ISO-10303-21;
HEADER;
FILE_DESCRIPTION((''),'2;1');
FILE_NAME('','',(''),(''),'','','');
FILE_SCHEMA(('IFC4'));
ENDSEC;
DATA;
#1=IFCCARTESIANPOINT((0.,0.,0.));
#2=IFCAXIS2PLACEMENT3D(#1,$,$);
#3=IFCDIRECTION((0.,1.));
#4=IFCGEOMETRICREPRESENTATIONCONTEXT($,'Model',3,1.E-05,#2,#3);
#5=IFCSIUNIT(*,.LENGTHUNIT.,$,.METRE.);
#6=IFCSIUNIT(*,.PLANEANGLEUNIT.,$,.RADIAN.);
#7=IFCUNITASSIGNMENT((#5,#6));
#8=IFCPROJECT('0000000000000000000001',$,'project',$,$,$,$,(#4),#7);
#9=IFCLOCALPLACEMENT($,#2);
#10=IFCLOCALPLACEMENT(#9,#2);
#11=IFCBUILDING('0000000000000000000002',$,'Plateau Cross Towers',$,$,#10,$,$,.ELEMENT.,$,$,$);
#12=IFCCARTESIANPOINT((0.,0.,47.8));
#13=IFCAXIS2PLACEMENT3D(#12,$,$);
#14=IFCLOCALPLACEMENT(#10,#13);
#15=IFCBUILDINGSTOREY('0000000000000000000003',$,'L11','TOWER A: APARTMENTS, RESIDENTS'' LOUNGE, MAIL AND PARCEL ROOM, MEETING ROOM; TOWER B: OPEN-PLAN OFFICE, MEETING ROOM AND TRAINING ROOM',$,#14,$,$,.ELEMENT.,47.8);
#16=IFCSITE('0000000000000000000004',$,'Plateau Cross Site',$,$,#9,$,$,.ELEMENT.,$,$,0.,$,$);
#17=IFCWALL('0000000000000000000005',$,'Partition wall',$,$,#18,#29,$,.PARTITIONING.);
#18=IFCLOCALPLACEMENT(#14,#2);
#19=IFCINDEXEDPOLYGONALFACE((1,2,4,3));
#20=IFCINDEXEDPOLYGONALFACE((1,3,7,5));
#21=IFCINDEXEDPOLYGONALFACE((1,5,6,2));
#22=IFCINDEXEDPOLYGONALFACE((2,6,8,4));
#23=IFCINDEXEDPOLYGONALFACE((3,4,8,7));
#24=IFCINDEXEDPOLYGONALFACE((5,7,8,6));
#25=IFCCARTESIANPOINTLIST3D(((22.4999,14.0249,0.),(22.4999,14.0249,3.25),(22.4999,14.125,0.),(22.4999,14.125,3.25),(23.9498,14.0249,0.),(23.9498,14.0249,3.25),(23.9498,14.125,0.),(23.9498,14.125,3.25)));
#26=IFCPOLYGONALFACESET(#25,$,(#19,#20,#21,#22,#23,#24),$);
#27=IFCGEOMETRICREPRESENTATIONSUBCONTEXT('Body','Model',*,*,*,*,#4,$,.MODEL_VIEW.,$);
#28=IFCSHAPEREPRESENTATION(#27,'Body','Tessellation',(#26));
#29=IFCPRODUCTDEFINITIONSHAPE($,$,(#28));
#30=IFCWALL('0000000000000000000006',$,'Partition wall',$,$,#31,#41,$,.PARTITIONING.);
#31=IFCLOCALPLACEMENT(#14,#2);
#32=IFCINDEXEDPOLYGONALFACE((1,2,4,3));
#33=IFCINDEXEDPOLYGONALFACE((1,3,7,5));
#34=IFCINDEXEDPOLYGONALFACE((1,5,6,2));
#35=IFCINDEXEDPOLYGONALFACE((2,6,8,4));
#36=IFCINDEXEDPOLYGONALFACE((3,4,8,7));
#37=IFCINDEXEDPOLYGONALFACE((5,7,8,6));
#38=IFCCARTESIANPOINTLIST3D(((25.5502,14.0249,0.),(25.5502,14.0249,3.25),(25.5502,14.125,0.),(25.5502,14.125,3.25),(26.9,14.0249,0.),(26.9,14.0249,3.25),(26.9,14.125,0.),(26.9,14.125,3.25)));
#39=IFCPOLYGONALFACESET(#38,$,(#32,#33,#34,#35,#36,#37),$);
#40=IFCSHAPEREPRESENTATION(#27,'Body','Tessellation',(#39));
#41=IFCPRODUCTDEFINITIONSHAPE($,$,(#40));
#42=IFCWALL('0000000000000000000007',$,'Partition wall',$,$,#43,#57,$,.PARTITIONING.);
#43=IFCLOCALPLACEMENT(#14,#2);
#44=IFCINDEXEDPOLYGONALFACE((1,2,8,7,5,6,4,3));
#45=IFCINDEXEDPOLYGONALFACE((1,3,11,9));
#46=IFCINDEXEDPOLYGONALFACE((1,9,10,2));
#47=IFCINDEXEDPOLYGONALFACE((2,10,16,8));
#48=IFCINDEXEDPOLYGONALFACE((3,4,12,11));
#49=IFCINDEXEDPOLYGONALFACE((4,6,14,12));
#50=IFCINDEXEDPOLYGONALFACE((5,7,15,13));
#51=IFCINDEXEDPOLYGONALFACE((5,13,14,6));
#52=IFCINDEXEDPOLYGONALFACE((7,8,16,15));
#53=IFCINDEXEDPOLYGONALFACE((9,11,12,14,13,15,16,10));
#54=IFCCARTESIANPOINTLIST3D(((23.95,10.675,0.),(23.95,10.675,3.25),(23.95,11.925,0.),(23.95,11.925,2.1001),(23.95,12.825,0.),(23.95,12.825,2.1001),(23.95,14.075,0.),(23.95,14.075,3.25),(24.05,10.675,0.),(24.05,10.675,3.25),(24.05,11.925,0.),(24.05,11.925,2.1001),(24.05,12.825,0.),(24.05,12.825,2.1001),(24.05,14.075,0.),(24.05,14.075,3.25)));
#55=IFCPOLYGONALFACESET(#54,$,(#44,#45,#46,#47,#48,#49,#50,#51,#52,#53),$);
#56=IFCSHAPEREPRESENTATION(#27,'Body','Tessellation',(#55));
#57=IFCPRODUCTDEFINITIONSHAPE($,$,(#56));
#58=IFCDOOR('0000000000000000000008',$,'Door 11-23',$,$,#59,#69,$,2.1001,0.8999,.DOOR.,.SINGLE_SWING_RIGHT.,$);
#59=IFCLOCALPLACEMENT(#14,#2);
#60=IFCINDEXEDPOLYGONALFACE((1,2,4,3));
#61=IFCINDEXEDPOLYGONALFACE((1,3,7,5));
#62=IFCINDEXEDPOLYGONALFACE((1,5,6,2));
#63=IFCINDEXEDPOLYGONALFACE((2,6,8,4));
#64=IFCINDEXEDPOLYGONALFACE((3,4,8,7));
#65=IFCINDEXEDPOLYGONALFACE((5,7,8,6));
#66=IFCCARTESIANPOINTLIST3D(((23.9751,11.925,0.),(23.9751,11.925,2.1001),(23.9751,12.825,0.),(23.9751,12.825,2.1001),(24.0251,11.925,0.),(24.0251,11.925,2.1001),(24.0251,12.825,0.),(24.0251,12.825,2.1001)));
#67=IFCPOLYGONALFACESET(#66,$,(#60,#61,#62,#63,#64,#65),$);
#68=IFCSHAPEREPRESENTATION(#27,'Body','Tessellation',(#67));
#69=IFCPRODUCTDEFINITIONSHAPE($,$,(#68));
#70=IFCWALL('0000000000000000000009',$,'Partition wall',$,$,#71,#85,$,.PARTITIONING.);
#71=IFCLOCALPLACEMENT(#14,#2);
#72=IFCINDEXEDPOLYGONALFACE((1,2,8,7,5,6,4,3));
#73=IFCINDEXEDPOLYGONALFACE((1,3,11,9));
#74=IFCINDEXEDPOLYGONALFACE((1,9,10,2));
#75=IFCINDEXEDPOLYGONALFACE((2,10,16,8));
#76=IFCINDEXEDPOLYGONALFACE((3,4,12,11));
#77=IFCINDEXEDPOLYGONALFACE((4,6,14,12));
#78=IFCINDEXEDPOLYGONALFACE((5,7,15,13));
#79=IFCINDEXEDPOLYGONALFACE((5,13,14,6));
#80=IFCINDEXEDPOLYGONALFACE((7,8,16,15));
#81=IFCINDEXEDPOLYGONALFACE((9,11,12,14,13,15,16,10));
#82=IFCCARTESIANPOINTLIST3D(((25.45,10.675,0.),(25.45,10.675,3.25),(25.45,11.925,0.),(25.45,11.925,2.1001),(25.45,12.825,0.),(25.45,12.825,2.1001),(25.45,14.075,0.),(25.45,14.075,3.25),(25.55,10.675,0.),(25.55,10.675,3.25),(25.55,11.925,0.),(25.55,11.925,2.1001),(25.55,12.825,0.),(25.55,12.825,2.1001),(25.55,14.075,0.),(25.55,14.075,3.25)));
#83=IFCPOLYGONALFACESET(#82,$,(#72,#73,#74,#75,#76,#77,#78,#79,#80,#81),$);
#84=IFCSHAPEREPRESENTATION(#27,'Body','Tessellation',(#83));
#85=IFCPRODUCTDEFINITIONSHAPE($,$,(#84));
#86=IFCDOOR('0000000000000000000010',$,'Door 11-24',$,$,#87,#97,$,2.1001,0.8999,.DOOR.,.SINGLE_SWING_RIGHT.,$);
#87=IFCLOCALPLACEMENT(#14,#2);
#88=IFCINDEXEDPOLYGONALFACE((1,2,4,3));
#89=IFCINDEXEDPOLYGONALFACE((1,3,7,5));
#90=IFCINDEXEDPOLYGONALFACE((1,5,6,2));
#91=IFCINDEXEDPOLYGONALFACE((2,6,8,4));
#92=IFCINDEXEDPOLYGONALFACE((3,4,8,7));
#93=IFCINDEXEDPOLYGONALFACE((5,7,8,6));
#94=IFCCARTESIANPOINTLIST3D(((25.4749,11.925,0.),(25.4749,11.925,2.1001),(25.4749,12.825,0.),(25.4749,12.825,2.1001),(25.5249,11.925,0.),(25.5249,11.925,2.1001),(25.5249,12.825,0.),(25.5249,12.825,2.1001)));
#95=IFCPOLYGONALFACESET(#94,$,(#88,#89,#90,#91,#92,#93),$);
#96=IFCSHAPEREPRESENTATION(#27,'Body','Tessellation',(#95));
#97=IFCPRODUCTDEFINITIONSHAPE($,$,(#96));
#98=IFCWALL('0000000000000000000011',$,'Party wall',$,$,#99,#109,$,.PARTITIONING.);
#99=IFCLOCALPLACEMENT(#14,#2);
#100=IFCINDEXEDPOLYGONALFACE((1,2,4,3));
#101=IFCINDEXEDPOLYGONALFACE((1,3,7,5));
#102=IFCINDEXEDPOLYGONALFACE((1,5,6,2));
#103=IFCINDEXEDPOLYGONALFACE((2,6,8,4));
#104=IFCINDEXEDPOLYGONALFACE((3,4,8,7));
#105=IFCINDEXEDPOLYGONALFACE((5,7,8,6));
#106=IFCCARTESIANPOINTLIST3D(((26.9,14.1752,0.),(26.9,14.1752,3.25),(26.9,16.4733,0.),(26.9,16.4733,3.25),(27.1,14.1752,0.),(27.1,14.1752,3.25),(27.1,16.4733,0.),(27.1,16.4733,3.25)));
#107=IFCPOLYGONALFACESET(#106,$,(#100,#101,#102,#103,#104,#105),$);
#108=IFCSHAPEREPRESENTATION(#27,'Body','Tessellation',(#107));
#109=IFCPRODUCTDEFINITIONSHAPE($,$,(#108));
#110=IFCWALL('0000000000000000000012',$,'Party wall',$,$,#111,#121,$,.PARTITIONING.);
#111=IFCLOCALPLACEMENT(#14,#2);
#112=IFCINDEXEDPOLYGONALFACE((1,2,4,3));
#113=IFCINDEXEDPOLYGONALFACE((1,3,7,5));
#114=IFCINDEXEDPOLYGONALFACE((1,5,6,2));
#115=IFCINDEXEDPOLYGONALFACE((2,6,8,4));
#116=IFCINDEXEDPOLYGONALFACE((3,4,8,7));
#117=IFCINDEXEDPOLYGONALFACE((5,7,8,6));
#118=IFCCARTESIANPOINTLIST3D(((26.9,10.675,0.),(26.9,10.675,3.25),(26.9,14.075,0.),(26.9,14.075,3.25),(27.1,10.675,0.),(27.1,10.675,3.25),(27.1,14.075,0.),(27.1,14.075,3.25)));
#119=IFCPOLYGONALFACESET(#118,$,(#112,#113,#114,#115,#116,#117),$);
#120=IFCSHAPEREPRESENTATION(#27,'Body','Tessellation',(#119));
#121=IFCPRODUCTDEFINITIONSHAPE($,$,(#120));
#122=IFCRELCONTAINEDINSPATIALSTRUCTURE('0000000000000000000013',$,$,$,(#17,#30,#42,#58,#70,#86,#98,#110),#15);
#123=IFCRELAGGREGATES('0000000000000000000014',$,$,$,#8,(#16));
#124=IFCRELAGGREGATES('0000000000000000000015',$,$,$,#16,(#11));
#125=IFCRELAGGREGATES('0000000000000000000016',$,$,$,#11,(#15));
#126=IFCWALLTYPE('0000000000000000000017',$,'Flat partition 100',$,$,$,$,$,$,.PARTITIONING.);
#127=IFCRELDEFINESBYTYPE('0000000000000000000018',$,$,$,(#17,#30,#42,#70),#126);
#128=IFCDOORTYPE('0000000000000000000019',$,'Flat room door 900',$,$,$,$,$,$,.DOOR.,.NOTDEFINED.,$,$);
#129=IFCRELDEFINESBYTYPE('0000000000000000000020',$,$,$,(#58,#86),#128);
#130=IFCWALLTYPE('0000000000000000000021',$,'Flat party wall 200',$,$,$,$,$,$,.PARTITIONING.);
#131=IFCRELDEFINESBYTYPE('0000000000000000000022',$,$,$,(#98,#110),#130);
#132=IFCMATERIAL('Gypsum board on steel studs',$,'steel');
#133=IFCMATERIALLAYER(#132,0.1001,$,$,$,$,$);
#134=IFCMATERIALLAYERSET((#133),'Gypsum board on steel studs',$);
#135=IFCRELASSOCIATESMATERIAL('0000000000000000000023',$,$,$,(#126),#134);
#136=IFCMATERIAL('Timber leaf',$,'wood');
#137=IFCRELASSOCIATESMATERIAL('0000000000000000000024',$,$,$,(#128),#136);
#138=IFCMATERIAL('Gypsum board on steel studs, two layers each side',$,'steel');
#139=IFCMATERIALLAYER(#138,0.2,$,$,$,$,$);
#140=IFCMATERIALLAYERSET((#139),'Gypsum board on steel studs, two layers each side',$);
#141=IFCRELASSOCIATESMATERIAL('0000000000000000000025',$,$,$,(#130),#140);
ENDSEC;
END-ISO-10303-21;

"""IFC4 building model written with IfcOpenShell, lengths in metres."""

from ifc_helpers import new_model, si_unit, direction, frame, frame_2d, origin, place, context, subcontext, project, spatial, rectangle, extrude, material, layer, layer_set, type_object, element, fill, save


model = new_model("IFC4")

# Units and contexts
model_context = context("Model", 3, precision=1e-05, world=origin(), true_north=direction((0.0, 1.0)))
body_context = subcontext(model_context, "Body", "Model", "MODEL_VIEW")
ifc_project = project(units=[si_unit("LENGTHUNIT", "METRE"), si_unit("PLANEANGLEUNIT", "RADIAN")], contexts=[model_context])

# Site, building, storey
site_placement = place(None, origin())
site = spatial("IfcSite", under=ifc_project, at=site_placement, Name="Plateau Cross Site", CompositionType="ELEMENT", RefElevation=0.0)
building_placement = place(site_placement, origin())
building = spatial("IfcBuilding", under=site, at=building_placement, Name="Plateau Cross Towers", CompositionType="ELEMENT")
storey_placement = place(building_placement, frame((0.0, 0.0, 47.8)))
storey = spatial("IfcBuildingStorey", under=building, at=storey_placement, Name="L11", Description="TOWER A: APARTMENTS, RESIDENTS' LOUNGE, MAIL AND PARCEL ROOM, MEETING ROOM; TOWER B: OPEN-PLAN OFFICE, MEETING ROOM AND TRAINING ROOM", CompositionType="ELEMENT", Elevation=47.8)

# Walls
ifc_material_1 = material(Name="Gypsum board on steel studs", Category="steel")
ifc_layer_1 = layer(ifc_material_1, 0.1001)
ifc_layer_set_1 = layer_set([ifc_layer_1], Name="Gypsum board on steel studs")
wall_type_1 = type_object("IfcWallType", Name="Flat partition 100", PredefinedType="PARTITIONING", material=ifc_layer_set_1)
wall_1_placement = place(storey_placement, frame((23.95, 14.075, 0.0), z_axis=(0.0, 0.0, 1.0), x_axis=(-1.0, 0.0, 0.0)))
element("IfcWall", 1, at=wall_1_placement, inside=storey, type_object=wall_type_1, Name="Partition wall", PredefinedType="PARTITIONING", context=body_context, shape_type="SweptSolid", body=[
    extrude(rectangle(XDim=1.45, YDim=0.1001, at=frame_2d((0.7251, 0.0))), origin(), (0.0, 0.0, 1.0), 3.25),
])
wall_2_placement = place(storey_placement, frame((26.8999, 14.075, 0.0), z_axis=(0.0, 0.0, 1.0), x_axis=(-1.0, 0.0, 0.0)))
element("IfcWall", 2, at=wall_2_placement, inside=storey, type_object=wall_type_1, Name="Partition wall", PredefinedType="PARTITIONING", context=body_context, shape_type="SweptSolid", body=[
    extrude(rectangle(XDim=1.3499, YDim=0.1001, at=frame_2d((0.6748, 0.0))), origin(), (0.0, 0.0, 1.0), 3.25),
])

# Walls, openings, doors
wall_3_placement = place(storey_placement, frame((24.0, 10.675, 0.0), z_axis=(0.0, 0.0, 1.0), x_axis=(0.0, 1.0, 0.0)))
wall_3 = element("IfcWall", 3, at=wall_3_placement, inside=storey, type_object=wall_type_1, Name="Partition wall", PredefinedType="PARTITIONING", context=body_context, shape_type="SweptSolid", body=[
    extrude(rectangle(XDim=3.3999, YDim=0.1001, at=frame_2d((1.7, 0.0))), origin(), (0.0, 0.0, 1.0), 3.25),
])
opening_1_placement = place(wall_3_placement, frame((1.25, 0.0, 0.0)))
opening_1 = element("IfcOpeningElement", 4, at=opening_1_placement, cuts=wall_3, PredefinedType="OPENING", context=body_context, shape_type="SweptSolid", body=[
    extrude(rectangle(XDim=0.8999, YDim=2.1001, at=frame_2d((0.45, 1.05))), frame((0.0, 0.0601, 0.0), z_axis=(0.0, -1.0, 0.0), x_axis=(1.0, 0.0, 0.0)), (0.0, 0.0, 1.0), 0.1201),
])
ifc_material_2 = material(Name="Timber leaf", Category="wood")
door_type_1 = type_object("IfcDoorType", Name="Flat room door 900", OperationType="NOTDEFINED", PredefinedType="DOOR", material=ifc_material_2)
door_1_placement = place(opening_1_placement, origin())
door_1 = element("IfcDoor", 5, at=door_1_placement, inside=storey, type_object=door_type_1, Name="Door 11-23", OperationType="SINGLE_SWING_RIGHT", OverallHeight=2.1001, OverallWidth=0.8999, PredefinedType="DOOR", context=body_context, shape_type="SweptSolid", body=[
    extrude(rectangle(XDim=0.8999, YDim=2.1001, at=frame_2d((0.45, 1.05))), frame((0.0, 0.0249, 0.0), z_axis=(0.0, -1.0, 0.0), x_axis=(1.0, 0.0, 0.0)), (0.0, 0.0, 1.0), 0.05),
])
fill(opening_1, door_1)
wall_4_placement = place(storey_placement, frame((25.5, 14.075, 0.0), z_axis=(0.0, 0.0, 1.0), x_axis=(0.0, -1.0, 0.0)))
wall_4 = element("IfcWall", 6, at=wall_4_placement, inside=storey, type_object=wall_type_1, Name="Partition wall", PredefinedType="PARTITIONING", context=body_context, shape_type="SweptSolid", body=[
    extrude(rectangle(XDim=3.3999, YDim=0.1001, at=frame_2d((1.7, 0.0))), origin(), (0.0, 0.0, 1.0), 3.25),
])
opening_2_placement = place(wall_4_placement, frame((1.25, 0.0, 0.0)))
opening_2 = element("IfcOpeningElement", 7, at=opening_2_placement, cuts=wall_4, PredefinedType="OPENING", context=body_context, shape_type="SweptSolid", body=[
    extrude(rectangle(XDim=0.8999, YDim=2.1001, at=frame_2d((0.45, 1.05))), frame((0.0, 0.0601, 0.0), z_axis=(0.0, -1.0, 0.0), x_axis=(1.0, 0.0, 0.0)), (0.0, 0.0, 1.0), 0.1201),
])
door_2_placement = place(opening_2_placement, origin())
door_2 = element("IfcDoor", 8, at=door_2_placement, inside=storey, type_object=door_type_1, Name="Door 11-24", OperationType="SINGLE_SWING_RIGHT", OverallHeight=2.1001, OverallWidth=0.8999, PredefinedType="DOOR", context=body_context, shape_type="SweptSolid", body=[
    extrude(rectangle(XDim=0.8999, YDim=2.1001, at=frame_2d((0.45, 1.05))), frame((0.0, 0.0249, 0.0), z_axis=(0.0, -1.0, 0.0), x_axis=(1.0, 0.0, 0.0)), (0.0, 0.0, 1.0), 0.05),
])
fill(opening_2, door_2)

# Walls
ifc_material_3 = material(Name="Gypsum board on steel studs, two layers each side", Category="steel")
ifc_layer_2 = layer(ifc_material_3, 0.2)
ifc_layer_set_2 = layer_set([ifc_layer_2], Name="Gypsum board on steel studs, two layers each side")
wall_type_2 = type_object("IfcWallType", Name="Flat party wall 200", PredefinedType="PARTITIONING", material=ifc_layer_set_2)
wall_5_placement = place(storey_placement, frame((27.0, 16.4731, 0.0), z_axis=(0.0, 0.0, 1.0), x_axis=(0.0, -1.0, 0.0)))
element("IfcWall", 9, at=wall_5_placement, inside=storey, type_object=wall_type_2, Name="Party wall", PredefinedType="PARTITIONING", context=body_context, shape_type="SweptSolid", body=[
    extrude(rectangle(XDim=2.2981, YDim=0.2, at=frame_2d((1.1489, 0.0))), origin(), (0.0, 0.0, 1.0), 3.25),
])
wall_6_placement = place(storey_placement, frame((27.0, 10.675, 0.0), z_axis=(0.0, 0.0, 1.0), x_axis=(0.0, 1.0, 0.0)))
element("IfcWall", 10, at=wall_6_placement, inside=storey, type_object=wall_type_2, Name="Party wall", PredefinedType="PARTITIONING", context=body_context, shape_type="SweptSolid", body=[
    extrude(rectangle(XDim=3.3999, YDim=0.2, at=frame_2d((1.7, 0.0))), origin(), (0.0, 0.0, 1.0), 3.25),
])

save(model, "model.ifc")
